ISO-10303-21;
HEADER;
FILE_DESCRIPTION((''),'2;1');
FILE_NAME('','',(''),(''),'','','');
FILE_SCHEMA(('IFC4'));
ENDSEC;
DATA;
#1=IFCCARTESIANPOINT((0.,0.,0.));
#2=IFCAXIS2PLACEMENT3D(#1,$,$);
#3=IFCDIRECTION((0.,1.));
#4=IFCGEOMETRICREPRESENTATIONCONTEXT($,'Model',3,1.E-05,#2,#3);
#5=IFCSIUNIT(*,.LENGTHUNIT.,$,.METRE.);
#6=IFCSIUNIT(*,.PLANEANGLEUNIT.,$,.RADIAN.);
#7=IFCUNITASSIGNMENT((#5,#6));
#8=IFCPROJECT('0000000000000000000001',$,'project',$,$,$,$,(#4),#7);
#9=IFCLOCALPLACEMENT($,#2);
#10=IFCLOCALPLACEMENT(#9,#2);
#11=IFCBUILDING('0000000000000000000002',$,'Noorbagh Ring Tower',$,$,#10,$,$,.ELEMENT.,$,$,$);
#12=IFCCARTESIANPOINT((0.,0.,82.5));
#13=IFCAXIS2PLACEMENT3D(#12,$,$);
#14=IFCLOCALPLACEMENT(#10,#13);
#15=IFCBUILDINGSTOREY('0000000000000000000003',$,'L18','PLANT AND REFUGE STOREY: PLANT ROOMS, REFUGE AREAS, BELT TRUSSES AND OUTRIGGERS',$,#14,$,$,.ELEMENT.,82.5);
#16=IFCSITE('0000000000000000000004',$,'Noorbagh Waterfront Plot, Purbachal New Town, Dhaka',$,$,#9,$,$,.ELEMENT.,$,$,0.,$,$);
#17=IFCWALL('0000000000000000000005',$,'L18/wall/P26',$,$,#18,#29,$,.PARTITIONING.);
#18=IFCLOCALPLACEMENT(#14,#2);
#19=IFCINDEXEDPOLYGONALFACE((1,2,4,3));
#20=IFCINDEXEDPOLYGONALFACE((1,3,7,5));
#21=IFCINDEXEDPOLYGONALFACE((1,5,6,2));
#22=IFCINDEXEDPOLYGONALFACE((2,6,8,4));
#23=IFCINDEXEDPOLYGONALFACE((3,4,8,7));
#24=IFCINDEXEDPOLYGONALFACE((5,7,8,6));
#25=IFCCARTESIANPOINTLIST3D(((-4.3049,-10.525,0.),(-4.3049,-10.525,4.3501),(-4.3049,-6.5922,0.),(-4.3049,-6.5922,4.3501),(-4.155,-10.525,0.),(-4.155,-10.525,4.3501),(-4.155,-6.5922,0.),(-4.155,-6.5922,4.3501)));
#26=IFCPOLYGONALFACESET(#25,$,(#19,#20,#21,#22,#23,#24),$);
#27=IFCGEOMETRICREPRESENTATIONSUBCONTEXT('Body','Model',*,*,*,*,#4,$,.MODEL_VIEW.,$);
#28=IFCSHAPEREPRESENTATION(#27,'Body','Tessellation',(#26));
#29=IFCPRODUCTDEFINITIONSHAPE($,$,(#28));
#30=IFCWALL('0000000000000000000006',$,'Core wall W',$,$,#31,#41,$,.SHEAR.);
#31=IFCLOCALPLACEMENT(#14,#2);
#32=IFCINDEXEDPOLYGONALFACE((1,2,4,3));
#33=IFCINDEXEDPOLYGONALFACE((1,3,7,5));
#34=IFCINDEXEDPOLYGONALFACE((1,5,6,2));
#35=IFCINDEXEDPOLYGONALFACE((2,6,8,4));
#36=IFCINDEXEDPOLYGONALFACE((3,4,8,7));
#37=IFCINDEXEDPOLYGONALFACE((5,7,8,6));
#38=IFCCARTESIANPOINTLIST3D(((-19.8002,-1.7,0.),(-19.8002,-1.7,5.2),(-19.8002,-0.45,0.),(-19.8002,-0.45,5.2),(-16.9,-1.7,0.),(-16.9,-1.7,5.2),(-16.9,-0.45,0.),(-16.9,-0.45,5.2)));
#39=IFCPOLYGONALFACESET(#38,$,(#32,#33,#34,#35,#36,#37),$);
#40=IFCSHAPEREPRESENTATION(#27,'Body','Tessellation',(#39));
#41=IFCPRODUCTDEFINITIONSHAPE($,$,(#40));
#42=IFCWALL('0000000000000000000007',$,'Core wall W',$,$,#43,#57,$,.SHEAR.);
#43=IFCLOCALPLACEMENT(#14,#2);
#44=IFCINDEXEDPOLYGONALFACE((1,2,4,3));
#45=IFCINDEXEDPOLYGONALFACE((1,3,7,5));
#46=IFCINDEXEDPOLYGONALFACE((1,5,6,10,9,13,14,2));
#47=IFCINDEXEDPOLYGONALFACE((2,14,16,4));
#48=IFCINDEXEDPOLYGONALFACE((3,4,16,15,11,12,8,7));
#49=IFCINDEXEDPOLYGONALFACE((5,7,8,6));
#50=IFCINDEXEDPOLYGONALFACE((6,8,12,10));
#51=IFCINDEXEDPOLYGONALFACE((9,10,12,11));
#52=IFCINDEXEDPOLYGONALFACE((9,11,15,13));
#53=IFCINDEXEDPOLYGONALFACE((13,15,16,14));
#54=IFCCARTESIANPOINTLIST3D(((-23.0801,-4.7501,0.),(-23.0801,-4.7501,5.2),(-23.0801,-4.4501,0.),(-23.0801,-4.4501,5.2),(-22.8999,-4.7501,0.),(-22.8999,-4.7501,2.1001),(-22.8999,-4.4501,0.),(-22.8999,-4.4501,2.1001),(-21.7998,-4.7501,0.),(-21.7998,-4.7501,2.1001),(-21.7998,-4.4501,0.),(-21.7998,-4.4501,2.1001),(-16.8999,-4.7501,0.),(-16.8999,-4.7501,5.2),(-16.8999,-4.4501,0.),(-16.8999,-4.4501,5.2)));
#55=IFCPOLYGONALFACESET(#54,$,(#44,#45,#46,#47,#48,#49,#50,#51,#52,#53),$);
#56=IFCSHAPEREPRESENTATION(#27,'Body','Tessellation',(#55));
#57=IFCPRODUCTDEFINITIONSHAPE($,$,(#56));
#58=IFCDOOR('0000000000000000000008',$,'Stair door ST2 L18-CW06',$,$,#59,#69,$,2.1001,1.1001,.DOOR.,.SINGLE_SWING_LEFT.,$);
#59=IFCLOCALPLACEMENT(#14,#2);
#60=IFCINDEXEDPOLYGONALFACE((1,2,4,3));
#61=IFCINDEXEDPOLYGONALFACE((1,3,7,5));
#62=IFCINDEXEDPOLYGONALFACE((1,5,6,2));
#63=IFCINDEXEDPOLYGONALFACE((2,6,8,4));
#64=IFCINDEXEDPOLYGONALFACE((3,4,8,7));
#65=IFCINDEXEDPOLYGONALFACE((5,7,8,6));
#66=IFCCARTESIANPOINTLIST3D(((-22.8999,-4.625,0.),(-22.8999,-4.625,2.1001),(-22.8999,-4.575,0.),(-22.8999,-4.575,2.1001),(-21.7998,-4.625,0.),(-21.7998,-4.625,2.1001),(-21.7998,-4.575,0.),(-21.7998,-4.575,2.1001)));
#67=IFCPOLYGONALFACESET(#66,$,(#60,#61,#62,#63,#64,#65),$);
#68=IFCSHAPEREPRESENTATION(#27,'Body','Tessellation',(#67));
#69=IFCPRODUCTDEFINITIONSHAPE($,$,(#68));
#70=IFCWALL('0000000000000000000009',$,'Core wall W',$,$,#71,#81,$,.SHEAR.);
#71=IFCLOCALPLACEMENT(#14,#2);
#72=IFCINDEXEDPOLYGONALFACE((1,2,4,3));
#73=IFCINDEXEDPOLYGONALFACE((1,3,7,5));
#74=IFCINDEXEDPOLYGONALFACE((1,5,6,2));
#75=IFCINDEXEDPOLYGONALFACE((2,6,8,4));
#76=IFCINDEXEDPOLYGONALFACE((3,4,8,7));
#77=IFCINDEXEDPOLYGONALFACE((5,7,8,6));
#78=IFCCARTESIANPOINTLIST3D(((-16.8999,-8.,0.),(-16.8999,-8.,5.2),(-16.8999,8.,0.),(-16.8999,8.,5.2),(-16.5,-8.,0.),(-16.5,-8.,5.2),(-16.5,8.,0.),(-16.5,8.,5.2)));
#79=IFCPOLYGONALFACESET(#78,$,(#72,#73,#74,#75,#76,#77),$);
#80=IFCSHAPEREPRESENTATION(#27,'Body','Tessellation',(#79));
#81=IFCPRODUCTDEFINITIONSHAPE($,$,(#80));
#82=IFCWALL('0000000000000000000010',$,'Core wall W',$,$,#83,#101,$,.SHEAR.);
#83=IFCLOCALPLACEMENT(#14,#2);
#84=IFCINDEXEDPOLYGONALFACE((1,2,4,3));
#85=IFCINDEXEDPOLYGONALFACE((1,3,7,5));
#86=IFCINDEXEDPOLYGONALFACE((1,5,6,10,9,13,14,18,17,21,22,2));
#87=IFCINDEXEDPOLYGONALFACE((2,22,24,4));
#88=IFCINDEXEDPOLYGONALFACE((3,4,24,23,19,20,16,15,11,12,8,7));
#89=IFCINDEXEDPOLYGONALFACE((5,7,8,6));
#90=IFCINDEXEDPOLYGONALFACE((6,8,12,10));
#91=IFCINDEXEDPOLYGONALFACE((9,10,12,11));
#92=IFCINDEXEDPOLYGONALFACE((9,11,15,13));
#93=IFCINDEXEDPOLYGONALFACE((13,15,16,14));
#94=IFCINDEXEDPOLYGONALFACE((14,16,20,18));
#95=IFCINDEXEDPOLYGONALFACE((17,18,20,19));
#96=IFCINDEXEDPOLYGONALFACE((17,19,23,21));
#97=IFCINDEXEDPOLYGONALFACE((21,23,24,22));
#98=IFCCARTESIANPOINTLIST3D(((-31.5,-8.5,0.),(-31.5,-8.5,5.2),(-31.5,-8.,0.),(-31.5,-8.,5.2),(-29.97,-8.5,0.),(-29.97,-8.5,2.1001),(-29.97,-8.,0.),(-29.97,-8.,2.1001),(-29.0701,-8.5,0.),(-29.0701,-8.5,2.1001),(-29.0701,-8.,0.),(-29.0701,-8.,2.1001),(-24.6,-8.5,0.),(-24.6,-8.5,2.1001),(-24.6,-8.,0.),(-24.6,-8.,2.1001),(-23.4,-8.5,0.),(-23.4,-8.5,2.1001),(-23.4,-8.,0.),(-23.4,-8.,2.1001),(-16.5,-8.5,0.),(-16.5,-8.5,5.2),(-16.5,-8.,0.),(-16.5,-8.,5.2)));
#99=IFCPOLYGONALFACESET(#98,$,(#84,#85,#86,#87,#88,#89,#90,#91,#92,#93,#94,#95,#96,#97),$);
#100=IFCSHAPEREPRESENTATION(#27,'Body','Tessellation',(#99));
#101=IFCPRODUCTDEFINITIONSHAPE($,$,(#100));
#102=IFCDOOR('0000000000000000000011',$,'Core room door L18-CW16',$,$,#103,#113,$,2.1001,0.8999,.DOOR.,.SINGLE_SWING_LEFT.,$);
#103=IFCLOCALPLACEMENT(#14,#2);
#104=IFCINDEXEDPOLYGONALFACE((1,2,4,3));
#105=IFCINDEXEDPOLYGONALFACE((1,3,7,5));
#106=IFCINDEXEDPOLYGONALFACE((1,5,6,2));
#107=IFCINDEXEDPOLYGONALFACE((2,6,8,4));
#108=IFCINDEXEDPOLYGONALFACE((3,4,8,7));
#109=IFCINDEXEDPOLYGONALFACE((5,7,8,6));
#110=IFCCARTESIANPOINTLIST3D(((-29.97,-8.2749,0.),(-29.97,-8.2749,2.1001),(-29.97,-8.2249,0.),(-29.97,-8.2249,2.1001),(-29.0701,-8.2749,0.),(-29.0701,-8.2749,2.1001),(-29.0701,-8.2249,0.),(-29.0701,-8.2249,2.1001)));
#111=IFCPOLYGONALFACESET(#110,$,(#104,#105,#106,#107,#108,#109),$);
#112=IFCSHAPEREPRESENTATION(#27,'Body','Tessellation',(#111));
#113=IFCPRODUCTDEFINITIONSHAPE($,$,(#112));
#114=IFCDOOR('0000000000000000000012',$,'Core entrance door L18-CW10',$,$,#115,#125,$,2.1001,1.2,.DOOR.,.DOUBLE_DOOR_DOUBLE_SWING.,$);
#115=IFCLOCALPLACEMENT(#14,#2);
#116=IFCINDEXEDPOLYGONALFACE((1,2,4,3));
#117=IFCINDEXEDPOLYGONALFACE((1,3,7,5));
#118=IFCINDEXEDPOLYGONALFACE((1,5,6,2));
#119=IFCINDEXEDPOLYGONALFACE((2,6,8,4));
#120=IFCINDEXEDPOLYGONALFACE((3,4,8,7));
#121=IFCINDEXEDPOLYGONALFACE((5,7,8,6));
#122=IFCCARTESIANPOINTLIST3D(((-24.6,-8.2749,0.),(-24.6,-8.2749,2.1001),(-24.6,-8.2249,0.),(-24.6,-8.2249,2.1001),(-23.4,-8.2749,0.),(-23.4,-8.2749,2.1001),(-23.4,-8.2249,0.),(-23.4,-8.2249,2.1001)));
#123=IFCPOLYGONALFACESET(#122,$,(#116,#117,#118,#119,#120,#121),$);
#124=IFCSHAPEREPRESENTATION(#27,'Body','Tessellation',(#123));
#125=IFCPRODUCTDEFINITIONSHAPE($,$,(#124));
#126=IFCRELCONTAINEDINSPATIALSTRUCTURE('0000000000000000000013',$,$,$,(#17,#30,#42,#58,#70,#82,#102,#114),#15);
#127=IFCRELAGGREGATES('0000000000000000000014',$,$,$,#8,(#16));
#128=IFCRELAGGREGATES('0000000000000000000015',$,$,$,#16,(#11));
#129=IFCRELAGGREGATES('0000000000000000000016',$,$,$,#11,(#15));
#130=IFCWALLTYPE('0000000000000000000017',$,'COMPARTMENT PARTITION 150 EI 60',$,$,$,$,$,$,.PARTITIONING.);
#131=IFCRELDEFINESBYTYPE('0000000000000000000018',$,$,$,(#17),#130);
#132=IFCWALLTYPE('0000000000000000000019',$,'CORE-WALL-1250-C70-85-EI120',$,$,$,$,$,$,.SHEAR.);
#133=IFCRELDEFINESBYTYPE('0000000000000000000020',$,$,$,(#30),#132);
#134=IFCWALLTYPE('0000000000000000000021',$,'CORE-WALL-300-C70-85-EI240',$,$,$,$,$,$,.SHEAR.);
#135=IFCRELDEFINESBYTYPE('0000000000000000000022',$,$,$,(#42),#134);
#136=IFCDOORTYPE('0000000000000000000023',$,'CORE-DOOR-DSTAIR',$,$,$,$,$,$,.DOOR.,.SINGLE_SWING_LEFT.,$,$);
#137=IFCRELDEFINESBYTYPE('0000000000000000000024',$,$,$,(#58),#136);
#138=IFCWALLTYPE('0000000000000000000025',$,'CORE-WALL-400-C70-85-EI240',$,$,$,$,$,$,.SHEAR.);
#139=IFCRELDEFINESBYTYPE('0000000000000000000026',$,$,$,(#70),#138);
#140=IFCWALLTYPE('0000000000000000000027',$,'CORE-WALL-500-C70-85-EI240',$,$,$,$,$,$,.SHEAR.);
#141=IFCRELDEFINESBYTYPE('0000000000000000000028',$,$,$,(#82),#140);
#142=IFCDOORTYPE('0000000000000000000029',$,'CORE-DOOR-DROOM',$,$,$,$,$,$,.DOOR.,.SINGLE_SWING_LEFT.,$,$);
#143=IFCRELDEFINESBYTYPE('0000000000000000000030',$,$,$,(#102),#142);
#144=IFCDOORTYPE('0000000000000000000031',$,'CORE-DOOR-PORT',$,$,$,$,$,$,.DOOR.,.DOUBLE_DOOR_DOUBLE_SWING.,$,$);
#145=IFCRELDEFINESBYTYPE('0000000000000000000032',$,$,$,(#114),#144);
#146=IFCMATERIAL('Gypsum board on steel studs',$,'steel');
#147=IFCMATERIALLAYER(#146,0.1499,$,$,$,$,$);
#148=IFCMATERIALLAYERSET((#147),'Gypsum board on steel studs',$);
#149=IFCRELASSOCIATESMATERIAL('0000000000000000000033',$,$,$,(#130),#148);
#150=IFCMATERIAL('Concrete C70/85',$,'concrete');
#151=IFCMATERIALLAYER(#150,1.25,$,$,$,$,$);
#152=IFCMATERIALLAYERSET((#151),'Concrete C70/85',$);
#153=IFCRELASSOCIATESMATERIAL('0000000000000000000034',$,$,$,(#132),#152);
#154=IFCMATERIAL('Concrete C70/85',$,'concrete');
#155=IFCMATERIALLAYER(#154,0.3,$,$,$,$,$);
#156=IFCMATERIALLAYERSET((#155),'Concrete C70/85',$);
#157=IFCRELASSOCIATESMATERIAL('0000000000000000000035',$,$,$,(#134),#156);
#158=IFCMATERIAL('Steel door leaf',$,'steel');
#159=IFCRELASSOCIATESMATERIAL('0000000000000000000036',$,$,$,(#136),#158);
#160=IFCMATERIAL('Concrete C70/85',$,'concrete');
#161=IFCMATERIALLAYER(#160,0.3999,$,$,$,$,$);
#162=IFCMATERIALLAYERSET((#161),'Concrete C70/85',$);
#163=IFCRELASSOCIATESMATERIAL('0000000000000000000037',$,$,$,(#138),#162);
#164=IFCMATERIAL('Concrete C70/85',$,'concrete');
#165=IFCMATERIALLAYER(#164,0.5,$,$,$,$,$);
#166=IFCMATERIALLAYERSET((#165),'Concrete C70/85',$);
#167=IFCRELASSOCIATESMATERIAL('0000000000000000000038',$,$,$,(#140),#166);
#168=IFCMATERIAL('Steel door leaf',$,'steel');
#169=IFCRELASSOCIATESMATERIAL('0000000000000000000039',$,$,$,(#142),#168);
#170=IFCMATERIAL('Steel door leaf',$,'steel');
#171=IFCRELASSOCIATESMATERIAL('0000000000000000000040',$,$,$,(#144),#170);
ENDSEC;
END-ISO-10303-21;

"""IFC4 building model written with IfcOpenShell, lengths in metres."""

from ifc_helpers import new_model, si_unit, direction, frame, frame_2d, origin, place, context, subcontext, project, spatial, rectangle, extrude, material, layer, layer_set, type_object, element, fill, save


model = new_model("IFC4")

# Units and contexts
model_context = context("Model", 3, precision=1e-05, world=origin(), true_north=direction((0.0, 1.0)))
body_context = subcontext(model_context, "Body", "Model", "MODEL_VIEW")
ifc_project = project(units=[si_unit("LENGTHUNIT", "METRE"), si_unit("PLANEANGLEUNIT", "RADIAN")], contexts=[model_context])

# Site, building, storey
site_placement = place(None, origin())
site = spatial("IfcSite", under=ifc_project, at=site_placement, Name="Noorbagh Waterfront Plot, Purbachal New Town, Dhaka", CompositionType="ELEMENT", RefElevation=0.0)
building_placement = place(site_placement, origin())
building = spatial("IfcBuilding", under=site, at=building_placement, Name="Noorbagh Ring Tower", CompositionType="ELEMENT")
storey_placement = place(building_placement, frame((0.0, 0.0, 82.5)))
storey = spatial("IfcBuildingStorey", under=building, at=storey_placement, Name="L18", Description="PLANT AND REFUGE STOREY: PLANT ROOMS, REFUGE AREAS, BELT TRUSSES AND OUTRIGGERS", CompositionType="ELEMENT", Elevation=82.5)

# Walls
ifc_material_1 = material(Name="Gypsum board on steel studs", Category="steel")
ifc_layer_1 = layer(ifc_material_1, 0.1499)
ifc_layer_set_1 = layer_set([ifc_layer_1], Name="Gypsum board on steel studs")
wall_type_1 = type_object("IfcWallType", Name="COMPARTMENT PARTITION 150 EI 60", PredefinedType="PARTITIONING", material=ifc_layer_set_1)
wall_1_placement = place(storey_placement, frame((-4.23, -10.5249, 0.0), z_axis=(0.0, 0.0, 1.0), x_axis=(0.0, 1.0, 0.0)))
element("IfcWall", 1, at=wall_1_placement, inside=storey, type_object=wall_type_1, Name="L18/wall/P26", PredefinedType="PARTITIONING", context=body_context, shape_type="SweptSolid", body=[
    extrude(rectangle(XDim=3.9329, YDim=0.1499, at=frame_2d((1.9663, 0.0))), origin(), (0.0, 0.0, 1.0), 4.3501),
])
ifc_material_2 = material(Name="Concrete C70/85", Category="concrete")
ifc_layer_2 = layer(ifc_material_2, 1.25)
ifc_layer_set_2 = layer_set([ifc_layer_2], Name="Concrete C70/85")
wall_type_2 = type_object("IfcWallType", Name="CORE-WALL-1250-C70-85-EI120", PredefinedType="SHEAR", material=ifc_layer_set_2)
wall_2_placement = place(storey_placement, frame((-16.8999, -1.075, 0.0), z_axis=(0.0, 0.0, 1.0), x_axis=(-1.0, 0.0, 0.0)))
element("IfcWall", 2, at=wall_2_placement, inside=storey, type_object=wall_type_2, Name="Core wall W", PredefinedType="SHEAR", context=body_context, shape_type="SweptSolid", body=[
    extrude(rectangle(XDim=2.9001, YDim=1.25, at=frame_2d((1.4502, 0.0))), origin(), (0.0, 0.0, 1.0), 5.2),
])

# Wall, opening, door
ifc_material_3 = material(Name="Concrete C70/85", Category="concrete")
ifc_layer_3 = layer(ifc_material_3, 0.3)
ifc_layer_set_3 = layer_set([ifc_layer_3], Name="Concrete C70/85")
wall_type_3 = type_object("IfcWallType", Name="CORE-WALL-300-C70-85-EI240", PredefinedType="SHEAR", material=ifc_layer_set_3)
wall_3_placement = place(storey_placement, frame((-16.8999, -4.6001, 0.0), z_axis=(0.0, 0.0, 1.0), x_axis=(-1.0, 0.0, 0.0)))
wall_3 = element("IfcWall", 3, at=wall_3_placement, inside=storey, type_object=wall_type_3, Name="Core wall W", PredefinedType="SHEAR", context=body_context, shape_type="SweptSolid", body=[
    extrude(rectangle(XDim=6.1802, YDim=0.3, at=frame_2d((3.0901, 0.0))), origin(), (0.0, 0.0, 1.0), 5.2),
])
opening_1_placement = place(wall_3_placement, frame((4.8999, 0.0, 0.0)))
opening_1 = element("IfcOpeningElement", 4, at=opening_1_placement, cuts=wall_3, PredefinedType="OPENING", context=body_context, shape_type="SweptSolid", body=[
    extrude(rectangle(XDim=1.1001, YDim=2.1001, at=frame_2d((0.55, 1.05))), frame((0.0, 0.1602, 0.0), z_axis=(0.0, -1.0, 0.0), x_axis=(1.0, 0.0, 0.0)), (0.0, 0.0, 1.0), 0.3201),
])
ifc_material_4 = material(Name="Steel door leaf", Category="steel")
door_type_1 = type_object("IfcDoorType", Name="CORE-DOOR-DSTAIR", OperationType="SINGLE_SWING_LEFT", PredefinedType="DOOR", material=ifc_material_4)
door_1_placement = place(opening_1_placement, origin())
door_1 = element("IfcDoor", 5, at=door_1_placement, inside=storey, type_object=door_type_1, Name="Stair door ST2 L18-CW06", OperationType="SINGLE_SWING_LEFT", OverallHeight=2.1001, OverallWidth=1.1001, PredefinedType="DOOR", context=body_context, shape_type="SweptSolid", body=[
    extrude(rectangle(XDim=1.1001, YDim=2.1001, at=frame_2d((0.55, 1.05))), frame((0.0, 0.0249, 0.0), z_axis=(0.0, -1.0, 0.0), x_axis=(1.0, 0.0, 0.0)), (0.0, 0.0, 1.0), 0.05),
])
fill(opening_1, door_1)

# Wall
ifc_material_5 = material(Name="Concrete C70/85", Category="concrete")
ifc_layer_4 = layer(ifc_material_5, 0.3999)
ifc_layer_set_4 = layer_set([ifc_layer_4], Name="Concrete C70/85")
wall_type_4 = type_object("IfcWallType", Name="CORE-WALL-400-C70-85-EI240", PredefinedType="SHEAR", material=ifc_layer_set_4)
wall_4_placement = place(storey_placement, frame((-16.7, -8.0, 0.0), z_axis=(0.0, 0.0, 1.0), x_axis=(0.0, 1.0, 0.0)))
element("IfcWall", 6, at=wall_4_placement, inside=storey, type_object=wall_type_4, Name="Core wall W", PredefinedType="SHEAR", context=body_context, shape_type="SweptSolid", body=[
    extrude(rectangle(XDim=16.0, YDim=0.3999, at=frame_2d((8.0, 0.0))), origin(), (0.0, 0.0, 1.0), 5.2),
])

# Wall, openings, doors
ifc_material_6 = material(Name="Concrete C70/85", Category="concrete")
ifc_layer_5 = layer(ifc_material_6, 0.5)
ifc_layer_set_5 = layer_set([ifc_layer_5], Name="Concrete C70/85")
wall_type_5 = type_object("IfcWallType", Name="CORE-WALL-500-C70-85-EI240", PredefinedType="SHEAR", material=ifc_layer_set_5)
wall_5_placement = place(storey_placement, frame((-16.5, -8.25, 0.0), z_axis=(0.0, 0.0, 1.0), x_axis=(-1.0, 0.0, 0.0)))
wall_5 = element("IfcWall", 7, at=wall_5_placement, inside=storey, type_object=wall_type_5, Name="Core wall W", PredefinedType="SHEAR", context=body_context, shape_type="SweptSolid", body=[
    extrude(rectangle(XDim=15.0, YDim=0.5, at=frame_2d((7.5, 0.0))), origin(), (0.0, 0.0, 1.0), 5.2),
])
opening_2_placement = place(wall_5_placement, frame((6.8999, 0.0, 0.0)))
opening_2 = element("IfcOpeningElement", 8, at=opening_2_placement, cuts=wall_5, PredefinedType="OPENING", context=body_context, shape_type="SweptSolid", body=[
    extrude(rectangle(XDim=1.2, YDim=2.1001, at=frame_2d((0.6001, 1.05))), frame((0.0, 0.26, 0.0), z_axis=(0.0, -1.0, 0.0), x_axis=(1.0, 0.0, 0.0)), (0.0, 0.0, 1.0), 0.52),
])
opening_3_placement = place(wall_5_placement, frame((12.5701, 0.0, 0.0)))
opening_3 = element("IfcOpeningElement", 9, at=opening_3_placement, cuts=wall_5, PredefinedType="OPENING", context=body_context, shape_type="SweptSolid", body=[
    extrude(rectangle(XDim=0.8999, YDim=2.1001, at=frame_2d((0.45, 1.05))), frame((0.0, 0.26, 0.0), z_axis=(0.0, -1.0, 0.0), x_axis=(1.0, 0.0, 0.0)), (0.0, 0.0, 1.0), 0.52),
])
ifc_material_7 = material(Name="Steel door leaf", Category="steel")
door_type_2 = type_object("IfcDoorType", Name="CORE-DOOR-DROOM", OperationType="SINGLE_SWING_LEFT", PredefinedType="DOOR", material=ifc_material_7)
door_2_placement = place(opening_3_placement, origin())
door_2 = element("IfcDoor", 10, at=door_2_placement, inside=storey, type_object=door_type_2, Name="Core room door L18-CW16", OperationType="SINGLE_SWING_LEFT", OverallHeight=2.1001, OverallWidth=0.8999, PredefinedType="DOOR", context=body_context, shape_type="SweptSolid", body=[
    extrude(rectangle(XDim=0.8999, YDim=2.1001, at=frame_2d((0.45, 1.05))), frame((0.0, 0.0249, 0.0), z_axis=(0.0, -1.0, 0.0), x_axis=(1.0, 0.0, 0.0)), (0.0, 0.0, 1.0), 0.05),
])
fill(opening_3, door_2)
ifc_material_8 = material(Name="Steel door leaf", Category="steel")
door_type_3 = type_object("IfcDoorType", Name="CORE-DOOR-PORT", OperationType="DOUBLE_DOOR_DOUBLE_SWING", PredefinedType="DOOR", material=ifc_material_8)
door_3_placement = place(opening_2_placement, origin())
door_3 = element("IfcDoor", 11, at=door_3_placement, inside=storey, type_object=door_type_3, Name="Core entrance door L18-CW10", OperationType="DOUBLE_DOOR_DOUBLE_SWING", OverallHeight=2.1001, OverallWidth=1.2, PredefinedType="DOOR", context=body_context, shape_type="SweptSolid", body=[
    extrude(rectangle(XDim=1.2, YDim=2.1001, at=frame_2d((0.6001, 1.05))), frame((0.0, 0.0249, 0.0), z_axis=(0.0, -1.0, 0.0), x_axis=(1.0, 0.0, 0.0)), (0.0, 0.0, 1.0), 0.05),
])
fill(opening_2, door_3)

save(model, "model.ifc")
